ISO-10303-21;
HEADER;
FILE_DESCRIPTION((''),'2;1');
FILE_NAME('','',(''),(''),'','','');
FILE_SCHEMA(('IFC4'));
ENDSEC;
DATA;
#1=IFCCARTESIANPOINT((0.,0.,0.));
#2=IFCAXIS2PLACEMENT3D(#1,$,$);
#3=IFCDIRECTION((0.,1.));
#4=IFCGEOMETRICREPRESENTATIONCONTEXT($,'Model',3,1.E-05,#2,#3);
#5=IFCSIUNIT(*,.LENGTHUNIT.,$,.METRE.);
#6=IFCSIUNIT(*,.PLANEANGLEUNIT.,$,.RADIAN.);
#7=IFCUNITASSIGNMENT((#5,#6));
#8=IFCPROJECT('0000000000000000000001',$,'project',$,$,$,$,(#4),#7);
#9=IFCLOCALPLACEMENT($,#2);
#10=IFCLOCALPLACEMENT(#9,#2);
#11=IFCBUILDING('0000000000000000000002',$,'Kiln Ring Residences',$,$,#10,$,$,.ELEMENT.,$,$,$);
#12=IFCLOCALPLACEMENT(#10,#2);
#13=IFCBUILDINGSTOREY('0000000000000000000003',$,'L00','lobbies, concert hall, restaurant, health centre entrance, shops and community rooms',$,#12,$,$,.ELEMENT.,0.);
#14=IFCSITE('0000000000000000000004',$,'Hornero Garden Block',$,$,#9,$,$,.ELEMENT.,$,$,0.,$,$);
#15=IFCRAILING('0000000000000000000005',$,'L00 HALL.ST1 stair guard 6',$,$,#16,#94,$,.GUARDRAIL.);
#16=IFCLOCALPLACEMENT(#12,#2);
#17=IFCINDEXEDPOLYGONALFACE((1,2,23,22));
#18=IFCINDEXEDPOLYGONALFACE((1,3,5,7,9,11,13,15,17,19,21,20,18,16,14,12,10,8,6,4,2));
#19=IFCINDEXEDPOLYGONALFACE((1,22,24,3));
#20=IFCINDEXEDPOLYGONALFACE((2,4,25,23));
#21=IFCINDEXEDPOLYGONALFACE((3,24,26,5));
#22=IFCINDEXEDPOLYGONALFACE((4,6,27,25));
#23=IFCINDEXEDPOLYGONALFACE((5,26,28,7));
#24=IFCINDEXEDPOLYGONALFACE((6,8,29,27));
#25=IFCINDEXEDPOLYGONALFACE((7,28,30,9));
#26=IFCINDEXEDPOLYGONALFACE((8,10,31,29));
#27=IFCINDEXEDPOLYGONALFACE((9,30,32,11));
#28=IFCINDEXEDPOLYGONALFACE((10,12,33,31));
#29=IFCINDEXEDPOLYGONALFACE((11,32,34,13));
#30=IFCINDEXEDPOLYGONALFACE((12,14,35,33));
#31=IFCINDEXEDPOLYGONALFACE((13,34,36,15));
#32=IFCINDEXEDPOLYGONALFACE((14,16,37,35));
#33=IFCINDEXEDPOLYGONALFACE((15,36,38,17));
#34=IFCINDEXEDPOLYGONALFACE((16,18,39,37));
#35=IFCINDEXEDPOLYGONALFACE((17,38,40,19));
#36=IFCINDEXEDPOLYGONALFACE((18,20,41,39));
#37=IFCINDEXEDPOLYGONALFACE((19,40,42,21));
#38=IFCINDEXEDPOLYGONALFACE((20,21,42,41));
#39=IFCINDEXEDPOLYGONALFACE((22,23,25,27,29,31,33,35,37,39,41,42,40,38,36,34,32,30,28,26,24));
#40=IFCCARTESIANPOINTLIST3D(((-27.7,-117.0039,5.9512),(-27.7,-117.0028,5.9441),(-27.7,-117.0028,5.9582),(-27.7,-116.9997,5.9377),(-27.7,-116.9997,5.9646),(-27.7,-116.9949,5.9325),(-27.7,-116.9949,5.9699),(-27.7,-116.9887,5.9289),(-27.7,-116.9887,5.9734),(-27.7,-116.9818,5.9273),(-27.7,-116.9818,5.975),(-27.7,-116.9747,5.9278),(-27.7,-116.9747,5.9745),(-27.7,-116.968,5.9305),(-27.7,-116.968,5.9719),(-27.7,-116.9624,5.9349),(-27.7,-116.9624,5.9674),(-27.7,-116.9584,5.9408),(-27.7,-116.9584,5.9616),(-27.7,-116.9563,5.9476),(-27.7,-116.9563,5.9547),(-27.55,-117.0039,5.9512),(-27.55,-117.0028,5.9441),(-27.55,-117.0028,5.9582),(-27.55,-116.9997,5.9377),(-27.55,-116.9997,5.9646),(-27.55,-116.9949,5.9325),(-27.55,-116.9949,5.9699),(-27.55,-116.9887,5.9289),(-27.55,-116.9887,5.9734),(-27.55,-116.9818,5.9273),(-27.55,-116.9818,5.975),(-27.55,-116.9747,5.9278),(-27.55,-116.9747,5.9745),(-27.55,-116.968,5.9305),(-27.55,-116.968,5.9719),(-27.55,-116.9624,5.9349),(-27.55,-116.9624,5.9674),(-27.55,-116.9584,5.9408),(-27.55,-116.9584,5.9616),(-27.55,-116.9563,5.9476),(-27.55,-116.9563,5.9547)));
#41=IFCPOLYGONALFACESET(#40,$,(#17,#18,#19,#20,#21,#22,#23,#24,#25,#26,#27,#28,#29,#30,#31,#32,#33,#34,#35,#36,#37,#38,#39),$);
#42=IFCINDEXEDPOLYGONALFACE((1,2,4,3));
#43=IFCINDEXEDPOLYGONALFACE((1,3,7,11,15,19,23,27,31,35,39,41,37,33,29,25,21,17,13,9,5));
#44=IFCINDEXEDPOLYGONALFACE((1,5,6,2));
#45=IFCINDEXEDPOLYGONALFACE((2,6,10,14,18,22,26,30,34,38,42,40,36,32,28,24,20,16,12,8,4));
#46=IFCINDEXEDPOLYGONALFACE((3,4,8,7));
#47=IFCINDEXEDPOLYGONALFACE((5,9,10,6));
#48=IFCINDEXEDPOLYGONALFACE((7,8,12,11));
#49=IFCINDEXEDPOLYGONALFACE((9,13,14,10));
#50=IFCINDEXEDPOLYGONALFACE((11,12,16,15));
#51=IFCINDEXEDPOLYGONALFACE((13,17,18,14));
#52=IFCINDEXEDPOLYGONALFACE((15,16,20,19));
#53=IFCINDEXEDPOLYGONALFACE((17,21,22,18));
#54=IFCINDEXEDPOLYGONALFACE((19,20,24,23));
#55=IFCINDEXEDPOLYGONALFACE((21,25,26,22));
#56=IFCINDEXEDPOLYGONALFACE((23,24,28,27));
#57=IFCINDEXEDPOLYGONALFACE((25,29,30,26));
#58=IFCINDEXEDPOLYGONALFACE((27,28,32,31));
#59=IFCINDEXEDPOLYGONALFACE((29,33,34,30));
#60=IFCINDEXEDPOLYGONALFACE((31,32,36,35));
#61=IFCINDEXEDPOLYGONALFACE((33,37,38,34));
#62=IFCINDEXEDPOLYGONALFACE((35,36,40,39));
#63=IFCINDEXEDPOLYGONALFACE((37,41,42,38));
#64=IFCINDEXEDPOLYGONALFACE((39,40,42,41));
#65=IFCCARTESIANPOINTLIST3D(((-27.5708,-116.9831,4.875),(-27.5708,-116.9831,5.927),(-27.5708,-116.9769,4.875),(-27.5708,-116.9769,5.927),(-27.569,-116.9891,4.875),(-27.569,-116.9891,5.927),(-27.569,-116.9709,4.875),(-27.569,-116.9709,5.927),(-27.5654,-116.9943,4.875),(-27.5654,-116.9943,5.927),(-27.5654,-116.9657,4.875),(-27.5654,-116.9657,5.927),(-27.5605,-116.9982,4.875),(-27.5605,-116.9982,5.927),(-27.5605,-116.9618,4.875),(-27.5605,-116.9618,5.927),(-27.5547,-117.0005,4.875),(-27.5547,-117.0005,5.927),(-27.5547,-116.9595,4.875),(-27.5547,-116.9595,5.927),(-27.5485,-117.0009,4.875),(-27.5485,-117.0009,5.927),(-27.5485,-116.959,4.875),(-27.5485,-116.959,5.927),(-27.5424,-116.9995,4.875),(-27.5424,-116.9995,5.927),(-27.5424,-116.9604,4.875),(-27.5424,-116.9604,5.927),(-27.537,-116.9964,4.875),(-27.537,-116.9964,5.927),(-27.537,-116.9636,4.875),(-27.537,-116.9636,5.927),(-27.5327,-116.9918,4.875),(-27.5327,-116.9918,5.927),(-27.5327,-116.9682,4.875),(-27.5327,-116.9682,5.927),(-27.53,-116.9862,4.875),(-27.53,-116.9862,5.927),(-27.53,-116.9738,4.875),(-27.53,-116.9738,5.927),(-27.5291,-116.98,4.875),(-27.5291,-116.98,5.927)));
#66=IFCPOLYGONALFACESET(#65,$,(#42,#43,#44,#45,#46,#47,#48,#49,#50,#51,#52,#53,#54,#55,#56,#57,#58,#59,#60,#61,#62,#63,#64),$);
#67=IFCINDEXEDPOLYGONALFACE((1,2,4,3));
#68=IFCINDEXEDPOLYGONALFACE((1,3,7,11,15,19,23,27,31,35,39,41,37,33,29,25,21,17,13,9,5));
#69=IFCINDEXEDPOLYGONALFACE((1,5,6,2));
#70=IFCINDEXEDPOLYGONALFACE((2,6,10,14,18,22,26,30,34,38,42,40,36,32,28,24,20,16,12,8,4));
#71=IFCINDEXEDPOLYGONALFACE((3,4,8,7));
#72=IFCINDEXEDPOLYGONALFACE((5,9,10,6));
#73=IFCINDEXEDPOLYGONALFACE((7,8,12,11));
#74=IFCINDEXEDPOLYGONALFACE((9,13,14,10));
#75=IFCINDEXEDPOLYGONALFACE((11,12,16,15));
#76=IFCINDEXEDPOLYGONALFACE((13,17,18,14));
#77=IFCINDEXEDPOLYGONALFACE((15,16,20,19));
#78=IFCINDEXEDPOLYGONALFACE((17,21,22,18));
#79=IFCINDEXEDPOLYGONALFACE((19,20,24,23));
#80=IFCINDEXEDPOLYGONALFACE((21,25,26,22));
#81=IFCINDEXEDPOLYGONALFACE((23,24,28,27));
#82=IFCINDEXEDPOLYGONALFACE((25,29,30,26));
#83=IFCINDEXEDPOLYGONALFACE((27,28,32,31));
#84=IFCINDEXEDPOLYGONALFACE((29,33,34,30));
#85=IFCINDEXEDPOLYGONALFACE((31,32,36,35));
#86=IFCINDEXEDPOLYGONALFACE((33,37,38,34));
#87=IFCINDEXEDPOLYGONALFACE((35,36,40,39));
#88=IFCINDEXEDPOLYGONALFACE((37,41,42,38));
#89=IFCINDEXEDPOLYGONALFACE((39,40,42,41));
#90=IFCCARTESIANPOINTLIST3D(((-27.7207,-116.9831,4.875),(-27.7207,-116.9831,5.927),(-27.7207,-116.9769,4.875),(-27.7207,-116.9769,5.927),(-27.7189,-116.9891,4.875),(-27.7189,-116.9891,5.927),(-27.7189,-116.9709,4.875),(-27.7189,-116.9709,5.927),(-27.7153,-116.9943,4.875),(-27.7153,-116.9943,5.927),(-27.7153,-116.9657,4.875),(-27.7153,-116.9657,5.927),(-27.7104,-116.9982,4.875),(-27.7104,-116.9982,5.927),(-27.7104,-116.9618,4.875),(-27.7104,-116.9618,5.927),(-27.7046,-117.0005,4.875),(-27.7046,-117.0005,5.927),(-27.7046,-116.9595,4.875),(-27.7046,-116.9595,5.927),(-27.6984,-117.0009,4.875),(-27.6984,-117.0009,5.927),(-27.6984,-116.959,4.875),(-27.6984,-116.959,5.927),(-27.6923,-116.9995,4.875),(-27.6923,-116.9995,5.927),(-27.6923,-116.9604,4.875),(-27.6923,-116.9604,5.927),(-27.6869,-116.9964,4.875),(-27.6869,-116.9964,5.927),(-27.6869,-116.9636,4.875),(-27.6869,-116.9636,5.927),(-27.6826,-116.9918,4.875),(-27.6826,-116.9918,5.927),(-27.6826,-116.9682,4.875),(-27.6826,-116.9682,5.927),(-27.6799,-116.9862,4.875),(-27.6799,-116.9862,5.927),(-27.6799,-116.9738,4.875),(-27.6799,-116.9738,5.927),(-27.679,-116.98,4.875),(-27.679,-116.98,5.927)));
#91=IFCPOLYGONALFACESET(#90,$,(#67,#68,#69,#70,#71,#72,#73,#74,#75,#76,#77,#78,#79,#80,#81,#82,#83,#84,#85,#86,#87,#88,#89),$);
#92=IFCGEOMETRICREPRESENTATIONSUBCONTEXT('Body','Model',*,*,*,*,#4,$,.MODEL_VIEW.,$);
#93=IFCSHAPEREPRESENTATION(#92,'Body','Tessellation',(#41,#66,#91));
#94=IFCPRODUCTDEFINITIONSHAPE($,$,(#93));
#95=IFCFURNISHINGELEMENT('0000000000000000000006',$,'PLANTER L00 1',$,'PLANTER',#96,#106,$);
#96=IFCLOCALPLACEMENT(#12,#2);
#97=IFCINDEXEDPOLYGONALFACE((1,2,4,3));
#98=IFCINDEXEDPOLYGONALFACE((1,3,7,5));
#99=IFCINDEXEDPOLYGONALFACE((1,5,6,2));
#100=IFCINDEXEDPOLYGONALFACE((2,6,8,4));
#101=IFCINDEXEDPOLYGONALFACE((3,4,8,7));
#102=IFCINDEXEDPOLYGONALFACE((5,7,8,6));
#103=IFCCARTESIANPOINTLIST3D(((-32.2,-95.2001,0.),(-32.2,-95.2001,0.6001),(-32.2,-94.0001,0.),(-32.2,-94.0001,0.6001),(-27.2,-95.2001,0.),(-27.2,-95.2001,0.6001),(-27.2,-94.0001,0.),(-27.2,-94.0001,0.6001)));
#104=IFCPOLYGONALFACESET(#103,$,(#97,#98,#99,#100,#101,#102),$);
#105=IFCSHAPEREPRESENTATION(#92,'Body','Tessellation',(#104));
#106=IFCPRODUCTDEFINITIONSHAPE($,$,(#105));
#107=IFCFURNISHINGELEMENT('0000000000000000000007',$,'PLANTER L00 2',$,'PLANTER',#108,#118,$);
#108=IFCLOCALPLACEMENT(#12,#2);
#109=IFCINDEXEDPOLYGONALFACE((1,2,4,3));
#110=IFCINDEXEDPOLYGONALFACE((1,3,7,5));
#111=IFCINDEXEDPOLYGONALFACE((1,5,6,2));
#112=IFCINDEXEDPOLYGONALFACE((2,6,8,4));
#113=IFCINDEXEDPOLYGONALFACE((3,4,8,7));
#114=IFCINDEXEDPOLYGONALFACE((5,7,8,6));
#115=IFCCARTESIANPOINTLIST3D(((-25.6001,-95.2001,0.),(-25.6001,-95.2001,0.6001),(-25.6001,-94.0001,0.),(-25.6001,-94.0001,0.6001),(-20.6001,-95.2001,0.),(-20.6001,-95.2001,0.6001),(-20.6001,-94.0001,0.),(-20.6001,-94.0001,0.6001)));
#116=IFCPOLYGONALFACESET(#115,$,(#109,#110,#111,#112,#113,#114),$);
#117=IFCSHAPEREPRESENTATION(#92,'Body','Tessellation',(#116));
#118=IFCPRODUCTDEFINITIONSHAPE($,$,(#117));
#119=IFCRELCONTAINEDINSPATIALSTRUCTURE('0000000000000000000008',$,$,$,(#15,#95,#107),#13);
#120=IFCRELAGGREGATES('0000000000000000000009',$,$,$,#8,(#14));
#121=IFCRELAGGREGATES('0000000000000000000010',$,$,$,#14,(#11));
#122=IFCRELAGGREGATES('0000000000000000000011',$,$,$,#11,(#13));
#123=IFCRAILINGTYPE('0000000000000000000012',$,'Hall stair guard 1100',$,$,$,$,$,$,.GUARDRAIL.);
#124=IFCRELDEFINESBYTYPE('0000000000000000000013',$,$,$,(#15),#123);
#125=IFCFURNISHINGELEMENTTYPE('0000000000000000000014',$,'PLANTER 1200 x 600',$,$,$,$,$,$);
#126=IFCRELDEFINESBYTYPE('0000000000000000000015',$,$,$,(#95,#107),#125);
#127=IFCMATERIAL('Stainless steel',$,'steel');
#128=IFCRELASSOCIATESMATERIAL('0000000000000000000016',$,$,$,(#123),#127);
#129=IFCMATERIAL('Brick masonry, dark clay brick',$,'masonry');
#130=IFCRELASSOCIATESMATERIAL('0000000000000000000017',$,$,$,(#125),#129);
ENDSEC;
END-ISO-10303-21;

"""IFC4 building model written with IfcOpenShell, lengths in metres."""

from ifc_helpers import new_model, si_unit, direction, frame, origin, origin_2d, place, context, subcontext, project, spatial, rectangle, circle, extrude, material, type_object, element, save


model = new_model("IFC4")

# Units and contexts
model_context = context("Model", 3, precision=1e-05, world=origin(), true_north=direction((0.0, 1.0)))
body_context = subcontext(model_context, "Body", "Model", "MODEL_VIEW")
ifc_project = project(units=[si_unit("LENGTHUNIT", "METRE"), si_unit("PLANEANGLEUNIT", "RADIAN")], contexts=[model_context])

# Site, building, storey
site_placement = place(None, origin())
site = spatial("IfcSite", under=ifc_project, at=site_placement, Name="Hornero Garden Block", CompositionType="ELEMENT", RefElevation=0.0)
building_placement = place(site_placement, origin())
building = spatial("IfcBuilding", under=site, at=building_placement, Name="Kiln Ring Residences", CompositionType="ELEMENT")
storey_placement = place(building_placement, origin())
storey = spatial("IfcBuildingStorey", under=building, at=storey_placement, Name="L00", Description="lobbies, concert hall, restaurant, health centre entrance, shops and community rooms", CompositionType="ELEMENT", Elevation=0.0)

# Railing
ifc_material_1 = material(Name="Stainless steel", Category="steel")
railing_type = type_object("IfcRailingType", Name="Hall stair guard 1100", PredefinedType="GUARDRAIL", material=ifc_material_1)
for number, where, name in (
    (1, (-27.55, -116.98, 4.875), "L00 HALL.ST1 stair guard 6"),
):
    element("IfcRailing", number, at=place(storey_placement, frame(where)), inside=storey, type_object=railing_type, Name=name, PredefinedType="GUARDRAIL", context=body_context, shape_type="SweptSolid", body=[
        extrude(circle(Radius=0.0239, at=origin_2d()), frame((0.0, 0.0, 1.0762), z_axis=(-1.0, 0.0, 0.0), x_axis=(0.0, -1.0, 0.0)), (0.0, 0.0, 1.0), 0.1499),
        extrude(circle(Radius=0.021, at=origin_2d()), origin(), (0.0, 0.0, 1.0), 1.052),
        extrude(circle(Radius=0.021, at=origin_2d()), frame((-0.1499, 0.0, 0.0)), (0.0, 0.0, 1.0), 1.052),
    ])

# Furnishing elements
ifc_material_2 = material(Name="Brick masonry, dark clay brick", Category="masonry")
furnishing_element_type = type_object("IfcFurnishingElementType", Name="PLANTER 1200 x 600", material=ifc_material_2)
for number, where, z_axis, x_axis, name in (
    (2, (-29.7, -94.6001, 0.0), (0.0, 0.0, 1.0), (1.0, 0.0, 0.0), "PLANTER L00 1"),
    (3, (-23.1001, -94.6001, 0.0), (0.0, 0.0, 1.0), (1.0, 0.0, 0.0), "PLANTER L00 2"),
):
    element("IfcFurnishingElement", number, at=place(storey_placement, frame(where, z_axis=z_axis, x_axis=x_axis)), inside=storey, type_object=furnishing_element_type, Name=name, ObjectType="PLANTER", context=body_context, shape_type="SweptSolid", body=[
        extrude(rectangle(XDim=5.0, YDim=1.2, at=origin_2d()), origin(), (0.0, 0.0, 1.0), 0.6001),
    ])

save(model, "model.ifc")
